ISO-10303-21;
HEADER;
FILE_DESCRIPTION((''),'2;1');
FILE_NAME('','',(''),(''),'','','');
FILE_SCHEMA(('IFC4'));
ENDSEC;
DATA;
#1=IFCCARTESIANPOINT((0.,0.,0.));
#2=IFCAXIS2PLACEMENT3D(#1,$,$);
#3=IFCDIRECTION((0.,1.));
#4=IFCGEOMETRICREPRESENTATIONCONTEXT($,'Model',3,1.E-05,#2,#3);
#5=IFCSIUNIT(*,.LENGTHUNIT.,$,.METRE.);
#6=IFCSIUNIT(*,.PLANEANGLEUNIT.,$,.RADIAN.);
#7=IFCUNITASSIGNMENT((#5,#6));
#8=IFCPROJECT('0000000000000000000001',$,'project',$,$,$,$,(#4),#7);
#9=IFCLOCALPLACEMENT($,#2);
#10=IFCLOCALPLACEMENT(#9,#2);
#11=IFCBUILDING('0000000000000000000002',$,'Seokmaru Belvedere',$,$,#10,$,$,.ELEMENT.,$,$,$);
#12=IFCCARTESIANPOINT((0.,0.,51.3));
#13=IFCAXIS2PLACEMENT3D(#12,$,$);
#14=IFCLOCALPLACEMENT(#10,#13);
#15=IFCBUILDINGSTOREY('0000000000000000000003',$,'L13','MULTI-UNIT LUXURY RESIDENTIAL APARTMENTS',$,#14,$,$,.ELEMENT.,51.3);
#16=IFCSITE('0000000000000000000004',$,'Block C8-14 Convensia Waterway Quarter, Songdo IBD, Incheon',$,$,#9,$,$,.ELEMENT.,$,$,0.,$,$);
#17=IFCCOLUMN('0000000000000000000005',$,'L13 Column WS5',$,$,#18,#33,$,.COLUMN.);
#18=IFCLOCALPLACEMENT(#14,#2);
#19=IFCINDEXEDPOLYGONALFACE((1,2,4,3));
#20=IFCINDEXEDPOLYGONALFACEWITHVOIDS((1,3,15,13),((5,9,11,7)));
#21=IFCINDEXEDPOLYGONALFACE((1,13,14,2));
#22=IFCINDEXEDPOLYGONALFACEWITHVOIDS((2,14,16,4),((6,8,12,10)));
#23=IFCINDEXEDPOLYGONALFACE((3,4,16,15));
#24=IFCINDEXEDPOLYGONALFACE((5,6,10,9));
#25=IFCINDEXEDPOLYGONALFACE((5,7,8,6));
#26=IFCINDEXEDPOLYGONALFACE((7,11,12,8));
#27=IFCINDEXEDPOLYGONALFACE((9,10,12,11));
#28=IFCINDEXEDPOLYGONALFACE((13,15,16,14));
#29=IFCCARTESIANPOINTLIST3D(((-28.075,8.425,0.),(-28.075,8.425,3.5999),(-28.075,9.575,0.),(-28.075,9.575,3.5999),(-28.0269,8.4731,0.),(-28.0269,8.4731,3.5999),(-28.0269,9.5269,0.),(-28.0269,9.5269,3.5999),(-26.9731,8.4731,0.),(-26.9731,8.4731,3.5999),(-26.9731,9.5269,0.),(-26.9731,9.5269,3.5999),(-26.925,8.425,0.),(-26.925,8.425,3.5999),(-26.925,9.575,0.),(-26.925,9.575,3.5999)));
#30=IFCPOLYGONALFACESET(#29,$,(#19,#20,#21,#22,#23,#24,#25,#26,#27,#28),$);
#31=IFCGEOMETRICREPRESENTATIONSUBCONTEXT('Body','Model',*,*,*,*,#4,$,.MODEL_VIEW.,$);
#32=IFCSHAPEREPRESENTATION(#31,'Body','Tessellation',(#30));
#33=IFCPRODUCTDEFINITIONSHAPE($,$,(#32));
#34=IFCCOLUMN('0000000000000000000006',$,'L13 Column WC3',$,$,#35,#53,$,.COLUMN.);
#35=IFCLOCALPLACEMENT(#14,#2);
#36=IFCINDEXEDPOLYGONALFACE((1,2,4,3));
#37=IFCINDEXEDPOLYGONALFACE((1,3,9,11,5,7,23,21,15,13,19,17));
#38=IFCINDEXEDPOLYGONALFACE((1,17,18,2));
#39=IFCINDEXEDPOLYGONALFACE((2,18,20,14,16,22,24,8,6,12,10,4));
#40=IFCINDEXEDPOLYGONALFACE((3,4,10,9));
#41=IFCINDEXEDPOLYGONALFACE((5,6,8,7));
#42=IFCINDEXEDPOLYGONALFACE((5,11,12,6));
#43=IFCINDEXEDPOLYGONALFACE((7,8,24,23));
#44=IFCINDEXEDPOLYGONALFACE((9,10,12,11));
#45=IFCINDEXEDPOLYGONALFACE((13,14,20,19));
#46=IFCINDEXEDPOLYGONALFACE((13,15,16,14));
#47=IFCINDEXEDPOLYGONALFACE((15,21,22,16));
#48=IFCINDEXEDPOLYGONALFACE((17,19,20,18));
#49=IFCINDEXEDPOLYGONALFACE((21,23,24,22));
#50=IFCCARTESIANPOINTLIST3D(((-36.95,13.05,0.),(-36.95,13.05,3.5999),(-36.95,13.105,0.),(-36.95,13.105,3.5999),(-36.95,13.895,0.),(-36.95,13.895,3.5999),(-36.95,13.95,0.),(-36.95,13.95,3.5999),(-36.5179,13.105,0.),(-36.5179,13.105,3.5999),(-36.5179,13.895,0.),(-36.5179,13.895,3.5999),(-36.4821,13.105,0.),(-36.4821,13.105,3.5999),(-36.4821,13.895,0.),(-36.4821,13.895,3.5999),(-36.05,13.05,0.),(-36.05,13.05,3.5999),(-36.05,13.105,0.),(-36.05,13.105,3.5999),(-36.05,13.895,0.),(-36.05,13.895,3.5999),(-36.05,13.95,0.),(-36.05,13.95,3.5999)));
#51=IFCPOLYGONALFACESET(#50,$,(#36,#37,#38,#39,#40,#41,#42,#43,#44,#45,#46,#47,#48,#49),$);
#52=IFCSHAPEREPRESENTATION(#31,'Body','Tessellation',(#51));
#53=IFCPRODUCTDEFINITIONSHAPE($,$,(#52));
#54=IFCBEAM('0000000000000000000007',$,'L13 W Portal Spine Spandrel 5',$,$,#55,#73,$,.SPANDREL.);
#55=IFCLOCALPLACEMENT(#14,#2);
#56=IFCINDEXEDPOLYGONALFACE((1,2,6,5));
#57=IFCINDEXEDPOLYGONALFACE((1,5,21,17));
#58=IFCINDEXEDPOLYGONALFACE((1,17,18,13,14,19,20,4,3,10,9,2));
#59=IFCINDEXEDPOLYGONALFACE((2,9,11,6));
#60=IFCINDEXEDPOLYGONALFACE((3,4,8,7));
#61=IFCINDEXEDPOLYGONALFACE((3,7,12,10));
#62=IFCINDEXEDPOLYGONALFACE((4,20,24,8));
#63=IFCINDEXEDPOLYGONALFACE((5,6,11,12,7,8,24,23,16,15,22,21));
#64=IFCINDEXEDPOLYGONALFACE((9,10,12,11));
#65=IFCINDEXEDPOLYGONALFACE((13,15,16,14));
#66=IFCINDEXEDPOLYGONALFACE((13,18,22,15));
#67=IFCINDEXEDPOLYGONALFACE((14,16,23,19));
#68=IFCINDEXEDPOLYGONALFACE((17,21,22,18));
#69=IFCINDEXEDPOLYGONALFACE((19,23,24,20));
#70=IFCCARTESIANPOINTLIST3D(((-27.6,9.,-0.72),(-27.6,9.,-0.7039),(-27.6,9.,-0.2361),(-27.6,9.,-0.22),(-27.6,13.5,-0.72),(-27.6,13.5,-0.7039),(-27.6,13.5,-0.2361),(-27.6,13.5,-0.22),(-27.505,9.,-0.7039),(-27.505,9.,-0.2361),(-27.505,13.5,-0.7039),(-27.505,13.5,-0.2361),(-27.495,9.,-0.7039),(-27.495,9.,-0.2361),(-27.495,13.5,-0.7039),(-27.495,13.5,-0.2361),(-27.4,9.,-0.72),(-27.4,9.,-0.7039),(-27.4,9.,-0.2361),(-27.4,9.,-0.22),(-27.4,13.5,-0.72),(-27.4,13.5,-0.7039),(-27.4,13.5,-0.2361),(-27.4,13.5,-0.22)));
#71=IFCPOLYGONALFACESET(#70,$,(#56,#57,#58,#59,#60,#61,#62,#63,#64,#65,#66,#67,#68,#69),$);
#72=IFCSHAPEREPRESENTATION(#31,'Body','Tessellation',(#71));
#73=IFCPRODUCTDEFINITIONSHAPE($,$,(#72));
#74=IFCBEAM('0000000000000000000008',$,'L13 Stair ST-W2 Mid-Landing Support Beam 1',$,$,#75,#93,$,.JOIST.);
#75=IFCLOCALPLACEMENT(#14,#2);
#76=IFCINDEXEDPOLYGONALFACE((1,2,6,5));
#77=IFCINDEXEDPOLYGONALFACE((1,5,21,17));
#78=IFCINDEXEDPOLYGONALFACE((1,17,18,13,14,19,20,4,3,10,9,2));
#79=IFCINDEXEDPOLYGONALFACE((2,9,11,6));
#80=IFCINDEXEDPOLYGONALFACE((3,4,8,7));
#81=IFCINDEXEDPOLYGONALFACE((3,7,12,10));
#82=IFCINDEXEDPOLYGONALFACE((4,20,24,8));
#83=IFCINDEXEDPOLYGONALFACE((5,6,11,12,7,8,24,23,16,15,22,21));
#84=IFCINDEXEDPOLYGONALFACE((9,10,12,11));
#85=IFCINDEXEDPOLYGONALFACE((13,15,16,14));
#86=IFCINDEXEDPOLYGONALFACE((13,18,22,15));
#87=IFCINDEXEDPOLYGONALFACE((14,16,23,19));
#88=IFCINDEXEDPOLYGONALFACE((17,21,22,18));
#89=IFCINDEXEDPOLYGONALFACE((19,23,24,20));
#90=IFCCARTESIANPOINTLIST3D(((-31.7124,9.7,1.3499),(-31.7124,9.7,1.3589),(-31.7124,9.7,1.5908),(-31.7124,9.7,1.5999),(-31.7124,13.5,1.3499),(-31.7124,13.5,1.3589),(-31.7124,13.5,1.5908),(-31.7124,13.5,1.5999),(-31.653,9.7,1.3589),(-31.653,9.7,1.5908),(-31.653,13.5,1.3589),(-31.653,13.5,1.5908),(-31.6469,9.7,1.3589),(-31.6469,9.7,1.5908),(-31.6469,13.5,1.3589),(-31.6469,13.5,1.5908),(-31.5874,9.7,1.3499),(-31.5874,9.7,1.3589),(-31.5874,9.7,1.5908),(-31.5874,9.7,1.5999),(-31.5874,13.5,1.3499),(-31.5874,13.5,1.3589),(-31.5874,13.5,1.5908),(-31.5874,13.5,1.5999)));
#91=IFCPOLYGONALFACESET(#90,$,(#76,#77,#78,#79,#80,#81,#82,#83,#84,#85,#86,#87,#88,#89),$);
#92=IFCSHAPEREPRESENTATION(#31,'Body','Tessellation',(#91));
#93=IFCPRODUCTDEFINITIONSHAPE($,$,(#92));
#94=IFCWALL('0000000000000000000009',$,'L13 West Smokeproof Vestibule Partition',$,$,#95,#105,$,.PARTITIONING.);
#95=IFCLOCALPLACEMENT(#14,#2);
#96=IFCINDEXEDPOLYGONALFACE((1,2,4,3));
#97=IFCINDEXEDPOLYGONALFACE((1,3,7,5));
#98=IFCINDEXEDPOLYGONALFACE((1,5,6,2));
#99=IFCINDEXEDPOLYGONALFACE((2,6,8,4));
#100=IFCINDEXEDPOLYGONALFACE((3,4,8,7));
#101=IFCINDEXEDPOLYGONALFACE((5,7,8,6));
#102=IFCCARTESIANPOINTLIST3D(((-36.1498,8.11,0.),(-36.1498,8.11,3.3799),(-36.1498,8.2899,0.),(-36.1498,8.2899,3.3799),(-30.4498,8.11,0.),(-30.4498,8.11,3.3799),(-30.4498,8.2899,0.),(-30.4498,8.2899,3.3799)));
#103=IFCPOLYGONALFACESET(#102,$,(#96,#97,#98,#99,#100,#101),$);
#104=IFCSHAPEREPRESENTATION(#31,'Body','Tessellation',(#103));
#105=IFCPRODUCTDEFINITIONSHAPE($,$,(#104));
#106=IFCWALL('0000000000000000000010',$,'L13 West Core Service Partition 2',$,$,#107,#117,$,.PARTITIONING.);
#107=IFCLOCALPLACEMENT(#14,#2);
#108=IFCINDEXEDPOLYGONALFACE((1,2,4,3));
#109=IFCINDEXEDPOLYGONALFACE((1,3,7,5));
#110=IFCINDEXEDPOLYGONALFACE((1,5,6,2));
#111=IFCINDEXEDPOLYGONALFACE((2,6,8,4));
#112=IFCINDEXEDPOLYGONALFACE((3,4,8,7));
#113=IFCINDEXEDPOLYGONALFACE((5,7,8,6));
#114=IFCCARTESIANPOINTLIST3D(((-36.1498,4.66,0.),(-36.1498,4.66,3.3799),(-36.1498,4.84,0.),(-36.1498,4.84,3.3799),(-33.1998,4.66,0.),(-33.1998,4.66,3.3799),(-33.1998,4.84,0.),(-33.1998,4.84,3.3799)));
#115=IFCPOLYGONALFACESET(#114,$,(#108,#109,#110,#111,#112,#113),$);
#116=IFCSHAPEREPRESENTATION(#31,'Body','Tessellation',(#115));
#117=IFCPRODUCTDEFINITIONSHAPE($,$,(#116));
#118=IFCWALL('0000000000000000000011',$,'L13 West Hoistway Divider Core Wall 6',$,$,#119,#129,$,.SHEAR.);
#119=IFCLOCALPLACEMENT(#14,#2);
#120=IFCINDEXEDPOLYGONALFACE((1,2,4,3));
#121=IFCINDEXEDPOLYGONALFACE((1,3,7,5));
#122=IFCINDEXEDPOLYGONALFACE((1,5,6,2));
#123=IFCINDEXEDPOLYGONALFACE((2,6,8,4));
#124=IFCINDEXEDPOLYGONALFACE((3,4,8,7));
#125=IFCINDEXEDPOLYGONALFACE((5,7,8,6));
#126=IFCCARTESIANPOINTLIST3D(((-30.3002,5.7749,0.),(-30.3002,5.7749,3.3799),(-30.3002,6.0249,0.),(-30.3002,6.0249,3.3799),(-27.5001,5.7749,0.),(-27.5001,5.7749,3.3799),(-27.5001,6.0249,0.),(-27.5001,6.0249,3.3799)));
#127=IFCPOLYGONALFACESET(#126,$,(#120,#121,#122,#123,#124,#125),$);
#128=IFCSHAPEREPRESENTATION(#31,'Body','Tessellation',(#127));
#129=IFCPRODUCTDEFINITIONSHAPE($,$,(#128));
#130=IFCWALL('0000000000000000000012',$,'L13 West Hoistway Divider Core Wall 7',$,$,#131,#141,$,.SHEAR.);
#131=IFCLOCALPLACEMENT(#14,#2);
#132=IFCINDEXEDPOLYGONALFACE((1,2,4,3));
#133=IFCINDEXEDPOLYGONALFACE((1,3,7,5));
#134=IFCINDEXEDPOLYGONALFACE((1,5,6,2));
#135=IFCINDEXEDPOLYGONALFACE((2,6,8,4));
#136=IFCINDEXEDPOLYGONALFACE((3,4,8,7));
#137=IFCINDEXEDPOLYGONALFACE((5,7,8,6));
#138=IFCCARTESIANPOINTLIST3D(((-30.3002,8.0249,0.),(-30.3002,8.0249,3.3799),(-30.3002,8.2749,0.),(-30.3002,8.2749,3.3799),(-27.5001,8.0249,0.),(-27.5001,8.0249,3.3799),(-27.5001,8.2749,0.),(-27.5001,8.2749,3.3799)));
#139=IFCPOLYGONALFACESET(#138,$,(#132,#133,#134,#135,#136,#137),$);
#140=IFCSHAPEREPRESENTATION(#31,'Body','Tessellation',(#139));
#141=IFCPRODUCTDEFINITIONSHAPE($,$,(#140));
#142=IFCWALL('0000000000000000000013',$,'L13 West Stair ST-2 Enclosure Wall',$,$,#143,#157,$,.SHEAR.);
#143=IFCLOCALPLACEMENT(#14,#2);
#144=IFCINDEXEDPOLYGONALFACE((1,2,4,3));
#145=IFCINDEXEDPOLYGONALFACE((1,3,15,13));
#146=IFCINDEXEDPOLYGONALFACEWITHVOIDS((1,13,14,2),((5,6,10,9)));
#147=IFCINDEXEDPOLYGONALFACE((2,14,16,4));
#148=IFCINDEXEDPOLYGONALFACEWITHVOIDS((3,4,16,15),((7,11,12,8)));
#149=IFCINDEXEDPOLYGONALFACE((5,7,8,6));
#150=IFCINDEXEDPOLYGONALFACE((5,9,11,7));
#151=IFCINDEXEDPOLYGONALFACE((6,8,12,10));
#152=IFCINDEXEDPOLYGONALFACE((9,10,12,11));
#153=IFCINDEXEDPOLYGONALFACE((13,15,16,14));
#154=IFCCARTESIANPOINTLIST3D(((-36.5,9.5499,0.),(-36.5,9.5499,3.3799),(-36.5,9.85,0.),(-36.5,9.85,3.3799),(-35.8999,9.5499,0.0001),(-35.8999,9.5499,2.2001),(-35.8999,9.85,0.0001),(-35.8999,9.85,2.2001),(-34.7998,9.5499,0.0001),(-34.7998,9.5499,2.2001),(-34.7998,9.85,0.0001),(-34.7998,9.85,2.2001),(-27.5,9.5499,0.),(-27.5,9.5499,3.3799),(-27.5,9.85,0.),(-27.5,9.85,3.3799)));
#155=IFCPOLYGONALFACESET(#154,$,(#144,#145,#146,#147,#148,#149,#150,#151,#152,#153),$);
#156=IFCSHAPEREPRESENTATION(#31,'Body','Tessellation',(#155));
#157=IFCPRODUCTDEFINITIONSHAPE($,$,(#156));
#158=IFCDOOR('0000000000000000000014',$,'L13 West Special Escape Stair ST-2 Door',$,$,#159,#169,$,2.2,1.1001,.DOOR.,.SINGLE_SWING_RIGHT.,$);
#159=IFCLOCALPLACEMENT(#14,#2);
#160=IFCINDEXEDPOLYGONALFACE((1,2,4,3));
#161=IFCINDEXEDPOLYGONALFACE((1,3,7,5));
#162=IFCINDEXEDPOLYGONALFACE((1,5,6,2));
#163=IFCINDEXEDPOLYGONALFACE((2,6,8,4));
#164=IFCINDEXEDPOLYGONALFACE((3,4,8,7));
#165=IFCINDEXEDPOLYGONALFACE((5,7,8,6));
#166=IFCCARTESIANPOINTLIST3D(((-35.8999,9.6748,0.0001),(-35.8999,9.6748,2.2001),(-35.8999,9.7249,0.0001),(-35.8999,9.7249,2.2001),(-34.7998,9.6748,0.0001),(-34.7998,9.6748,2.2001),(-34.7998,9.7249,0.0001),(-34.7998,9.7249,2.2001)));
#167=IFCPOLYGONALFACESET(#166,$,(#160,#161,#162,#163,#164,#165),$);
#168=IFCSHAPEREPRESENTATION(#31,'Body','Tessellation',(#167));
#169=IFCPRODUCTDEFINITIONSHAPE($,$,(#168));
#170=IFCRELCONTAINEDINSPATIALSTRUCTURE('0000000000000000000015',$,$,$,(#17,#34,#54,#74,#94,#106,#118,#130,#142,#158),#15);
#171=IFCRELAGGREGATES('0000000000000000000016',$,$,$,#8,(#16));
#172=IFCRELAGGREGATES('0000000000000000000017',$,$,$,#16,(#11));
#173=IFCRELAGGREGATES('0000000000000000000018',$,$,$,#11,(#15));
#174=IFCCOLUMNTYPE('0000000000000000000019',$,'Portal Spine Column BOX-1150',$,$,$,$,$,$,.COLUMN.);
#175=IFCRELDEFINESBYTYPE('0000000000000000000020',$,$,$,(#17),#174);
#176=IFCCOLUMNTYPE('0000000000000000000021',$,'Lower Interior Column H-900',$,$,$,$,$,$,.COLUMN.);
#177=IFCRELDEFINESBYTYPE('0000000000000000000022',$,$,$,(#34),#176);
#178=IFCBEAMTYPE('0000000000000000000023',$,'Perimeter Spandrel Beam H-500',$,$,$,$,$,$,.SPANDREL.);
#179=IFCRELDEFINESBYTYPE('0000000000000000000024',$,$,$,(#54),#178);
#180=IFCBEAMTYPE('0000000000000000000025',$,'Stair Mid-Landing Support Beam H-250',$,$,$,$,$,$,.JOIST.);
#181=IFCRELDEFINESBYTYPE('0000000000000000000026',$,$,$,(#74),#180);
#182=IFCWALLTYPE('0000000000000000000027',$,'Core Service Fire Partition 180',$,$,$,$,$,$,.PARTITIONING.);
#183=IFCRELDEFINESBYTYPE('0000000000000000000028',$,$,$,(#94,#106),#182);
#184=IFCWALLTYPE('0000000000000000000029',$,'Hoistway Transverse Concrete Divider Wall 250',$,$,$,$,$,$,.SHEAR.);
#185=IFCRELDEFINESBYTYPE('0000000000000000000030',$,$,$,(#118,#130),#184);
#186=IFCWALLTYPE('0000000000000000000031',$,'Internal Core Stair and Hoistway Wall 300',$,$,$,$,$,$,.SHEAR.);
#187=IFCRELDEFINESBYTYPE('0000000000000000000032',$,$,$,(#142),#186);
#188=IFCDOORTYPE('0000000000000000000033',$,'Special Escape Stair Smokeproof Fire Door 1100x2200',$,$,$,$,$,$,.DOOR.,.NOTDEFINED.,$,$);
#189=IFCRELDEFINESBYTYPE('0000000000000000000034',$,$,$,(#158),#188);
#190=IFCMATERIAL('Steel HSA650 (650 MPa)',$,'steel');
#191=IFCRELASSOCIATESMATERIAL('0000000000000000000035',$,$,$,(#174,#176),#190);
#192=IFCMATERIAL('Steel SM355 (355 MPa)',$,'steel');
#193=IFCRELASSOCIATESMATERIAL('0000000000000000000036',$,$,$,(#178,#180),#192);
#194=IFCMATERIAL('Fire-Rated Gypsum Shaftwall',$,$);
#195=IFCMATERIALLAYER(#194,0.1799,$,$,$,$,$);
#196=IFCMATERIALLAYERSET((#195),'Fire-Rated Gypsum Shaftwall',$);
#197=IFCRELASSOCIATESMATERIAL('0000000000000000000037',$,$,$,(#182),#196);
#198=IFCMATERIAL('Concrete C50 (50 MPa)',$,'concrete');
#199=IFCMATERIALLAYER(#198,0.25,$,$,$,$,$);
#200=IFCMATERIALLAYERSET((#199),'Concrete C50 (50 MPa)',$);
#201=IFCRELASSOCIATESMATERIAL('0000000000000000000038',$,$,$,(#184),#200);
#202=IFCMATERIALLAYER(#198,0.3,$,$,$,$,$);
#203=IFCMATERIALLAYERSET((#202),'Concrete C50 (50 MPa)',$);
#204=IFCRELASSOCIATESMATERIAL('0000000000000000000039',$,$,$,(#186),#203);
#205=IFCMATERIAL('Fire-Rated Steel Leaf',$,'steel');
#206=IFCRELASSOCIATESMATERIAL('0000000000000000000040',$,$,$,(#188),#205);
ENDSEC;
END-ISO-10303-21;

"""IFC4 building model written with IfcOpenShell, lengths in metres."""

from ifc_helpers import new_model, si_unit, direction, frame, frame_2d, origin, origin_2d, place, context, subcontext, project, spatial, rectangle, hollow_rectangle, i_section, extrude, source, transform, mapped, material, layer, layer_set, material_profile, profile_set, type_object, type_shapes, element, fill, save


model = new_model("IFC4")

# Units and contexts
model_context = context("Model", 3, precision=1e-05, world=origin(), true_north=direction((0.0, 1.0)))
body_context = subcontext(model_context, "Body", "Model", "MODEL_VIEW")
ifc_project = project(units=[si_unit("LENGTHUNIT", "METRE"), si_unit("PLANEANGLEUNIT", "RADIAN")], contexts=[model_context])

# Site, building, storey
site_placement = place(None, origin())
site = spatial("IfcSite", under=ifc_project, at=site_placement, Name="Block C8-14 Convensia Waterway Quarter, Songdo IBD, Incheon", CompositionType="ELEMENT", RefElevation=0.0)
building_placement = place(site_placement, origin())
building = spatial("IfcBuilding", under=site, at=building_placement, Name="Seokmaru Belvedere", CompositionType="ELEMENT")
storey_placement = place(building_placement, frame((0.0, 0.0, 51.3)))
storey = spatial("IfcBuildingStorey", under=building, at=storey_placement, Name="L13", Description="MULTI-UNIT LUXURY RESIDENTIAL APARTMENTS", CompositionType="ELEMENT", Elevation=51.3)

# Columns
ifc_material_1 = material(Name="Steel HSA650 (650 MPa)", Category="steel")
ifc_material_profile_1 = material_profile(ifc_material_1, hollow_rectangle(XDim=1.1499, YDim=1.1499, WallThickness=0.0481, at=origin_2d()), Name="BOX-1150x1150x48")
ifc_profile_set_1 = profile_set([ifc_material_profile_1], Name="Steel HSA650 (650 MPa)")
column_type_1 = type_object("IfcColumnType", Name="Portal Spine Column BOX-1150", PredefinedType="COLUMN", material=ifc_profile_set_1)
shared_shape_1 = source(origin(), body_context, "Body", "SweptSolid", [
    extrude(hollow_rectangle(XDim=1.1499, YDim=1.1499, WallThickness=0.0481, at=origin_2d()), origin(), (0.0, 0.0, 1.0), 3.5999),
])
type_shapes(column_type_1, [shared_shape_1])
column_1_placement = place(storey_placement, frame((-27.5, 9.0, 0.0), z_axis=(0.0, 0.0, 1.0), x_axis=(1.0, 0.0, 0.0)))
element("IfcColumn", 1, at=column_1_placement, inside=storey, type_object=column_type_1, Name="L13 Column WS5", PredefinedType="COLUMN", context=body_context, shape_type="MappedRepresentation", body=[
    mapped(shared_shape_1, transform((0.0, 0.0, 0.0), scale=1.0)),
])
ifc_material_profile_2 = material_profile(ifc_material_1, i_section(OverallWidth=0.8999, OverallDepth=0.8999, WebThickness=0.0359, FlangeThickness=0.0549, at=origin_2d()), Name="H-900x900x36x55")
ifc_profile_set_2 = profile_set([ifc_material_profile_2], Name="Steel HSA650 (650 MPa)")
column_type_2 = type_object("IfcColumnType", Name="Lower Interior Column H-900", PredefinedType="COLUMN", material=ifc_profile_set_2)
shared_shape_2 = source(origin(), body_context, "Body", "SweptSolid", [
    extrude(i_section(OverallWidth=0.8999, OverallDepth=0.8999, WebThickness=0.0359, FlangeThickness=0.0549, at=origin_2d()), origin(), (0.0, 0.0, 1.0), 3.5999),
])
type_shapes(column_type_2, [shared_shape_2])
column_2_placement = place(storey_placement, frame((-36.5, 13.5, 0.0), z_axis=(0.0, 0.0, 1.0), x_axis=(1.0, 0.0, 0.0)))
element("IfcColumn", 2, at=column_2_placement, inside=storey, type_object=column_type_2, Name="L13 Column WC3", PredefinedType="COLUMN", context=body_context, shape_type="MappedRepresentation", body=[
    mapped(shared_shape_2, transform((0.0, 0.0, 0.0), scale=1.0)),
])

# Beams
ifc_material_2 = material(Name="Steel SM355 (355 MPa)", Category="steel")
ifc_material_profile_3 = material_profile(ifc_material_2, i_section(OverallWidth=0.2, OverallDepth=0.5, WebThickness=0.01, FlangeThickness=0.0161, at=origin_2d()), Name="H-500x200x10x16")
ifc_profile_set_3 = profile_set([ifc_material_profile_3], Name="Steel SM355 (355 MPa)")
beam_type_1 = type_object("IfcBeamType", Name="Perimeter Spandrel Beam H-500", PredefinedType="SPANDREL", material=ifc_profile_set_3)
shared_shape_3 = source(origin(), body_context, "Body", "SweptSolid", [
    extrude(i_section(OverallWidth=0.2, OverallDepth=0.5, WebThickness=0.01, FlangeThickness=0.0161, at=origin_2d()), origin(), (0.0, 0.0, 1.0), 4.5),
])
type_shapes(beam_type_1, [shared_shape_3])
beam_1_placement = place(storey_placement, frame((-27.5, 9.0, -0.47), z_axis=(0.0, 1.0, 0.0), x_axis=(-1.0, 0.0, 0.0)))
element("IfcBeam", 3, at=beam_1_placement, inside=storey, type_object=beam_type_1, Name="L13 W Portal Spine Spandrel 5", PredefinedType="SPANDREL", context=body_context, shape_type="MappedRepresentation", body=[
    mapped(shared_shape_3, transform((0.0, 0.0, 0.0), scale=1.0)),
])
ifc_material_profile_4 = material_profile(ifc_material_2, i_section(OverallWidth=0.125, OverallDepth=0.25, WebThickness=0.0061, FlangeThickness=0.009, at=origin_2d()), Name="H-250x125x6x9")
ifc_profile_set_4 = profile_set([ifc_material_profile_4], Name="Steel SM355 (355 MPa)")
beam_type_2 = type_object("IfcBeamType", Name="Stair Mid-Landing Support Beam H-250", PredefinedType="JOIST", material=ifc_profile_set_4)
shared_shape_4 = source(origin(), body_context, "Body", "SweptSolid", [
    extrude(i_section(OverallWidth=0.125, OverallDepth=0.25, WebThickness=0.0061, FlangeThickness=0.009, at=origin_2d()), origin(), (0.0, 0.0, 1.0), 3.8),
])
type_shapes(beam_type_2, [shared_shape_4])
beam_2_placement = place(storey_placement, frame((-31.6499, 9.7, 1.4749), z_axis=(0.0, 1.0, 0.0), x_axis=(-1.0, 0.0, 0.0)))
element("IfcBeam", 4, at=beam_2_placement, inside=storey, type_object=beam_type_2, Name="L13 Stair ST-W2 Mid-Landing Support Beam 1", PredefinedType="JOIST", context=body_context, shape_type="MappedRepresentation", body=[
    mapped(shared_shape_4, transform((0.0, 0.0, 0.0), scale=1.0)),
])

# Walls
ifc_material_3 = material(Name="Fire-Rated Gypsum Shaftwall")
ifc_layer_1 = layer(ifc_material_3, 0.1799)
ifc_layer_set_1 = layer_set([ifc_layer_1], Name="Fire-Rated Gypsum Shaftwall")
wall_type_1 = type_object("IfcWallType", Name="Core Service Fire Partition 180", PredefinedType="PARTITIONING", material=ifc_layer_set_1)
wall_1_placement = place(storey_placement, frame((-36.1499, 8.2, 0.0), z_axis=(0.0, 0.0, 1.0), x_axis=(1.0, 0.0, 0.0)))
element("IfcWall", 5, at=wall_1_placement, inside=storey, type_object=wall_type_1, Name="L13 West Smokeproof Vestibule Partition", PredefinedType="PARTITIONING", context=body_context, shape_type="SweptSolid", body=[
    extrude(rectangle(XDim=5.7, YDim=0.1799, at=frame_2d((2.8501, 0.0))), origin(), (0.0, 0.0, 1.0), 3.3799),
])
wall_2_placement = place(storey_placement, frame((-36.1499, 4.75, 0.0), z_axis=(0.0, 0.0, 1.0), x_axis=(1.0, 0.0, 0.0)))
element("IfcWall", 6, at=wall_2_placement, inside=storey, type_object=wall_type_1, Name="L13 West Core Service Partition 2", PredefinedType="PARTITIONING", context=body_context, shape_type="SweptSolid", body=[
    extrude(rectangle(XDim=2.95, YDim=0.1799, at=frame_2d((1.4751, 0.0))), origin(), (0.0, 0.0, 1.0), 3.3799),
])
ifc_material_4 = material(Name="Concrete C50 (50 MPa)", Category="concrete")
ifc_layer_2 = layer(ifc_material_4, 0.25)
ifc_layer_set_2 = layer_set([ifc_layer_2], Name="Concrete C50 (50 MPa)")
wall_type_2 = type_object("IfcWallType", Name="Hoistway Transverse Concrete Divider Wall 250", PredefinedType="SHEAR", material=ifc_layer_set_2)
for number, where, z_axis, x_axis, name in (
    (7, (-30.3, 5.8999, 0.0), (0.0, 0.0, 1.0), (1.0, 0.0, 0.0), "L13 West Hoistway Divider Core Wall 6"),
    (8, (-30.3, 8.1499, 0.0), (0.0, 0.0, 1.0), (1.0, 0.0, 0.0), "L13 West Hoistway Divider Core Wall 7"),
):
    element("IfcWall", number, at=place(storey_placement, frame(where, z_axis=z_axis, x_axis=x_axis)), inside=storey, type_object=wall_type_2, Name=name, PredefinedType="SHEAR", context=body_context, shape_type="SweptSolid", body=[
        extrude(rectangle(XDim=2.8, YDim=0.25, at=frame_2d((1.3999, 0.0))), origin(), (0.0, 0.0, 1.0), 3.3799),
    ])

# Wall, opening, door
ifc_layer_3 = layer(ifc_material_4, 0.3)
ifc_layer_set_3 = layer_set([ifc_layer_3], Name="Concrete C50 (50 MPa)")
wall_type_3 = type_object("IfcWallType", Name="Internal Core Stair and Hoistway Wall 300", PredefinedType="SHEAR", material=ifc_layer_set_3)
wall_3_placement = place(storey_placement, frame((-36.5, 9.7, 0.0), z_axis=(0.0, 0.0, 1.0), x_axis=(1.0, 0.0, 0.0)))
wall_3 = element("IfcWall", 9, at=wall_3_placement, inside=storey, type_object=wall_type_3, Name="L13 West Stair ST-2 Enclosure Wall", PredefinedType="SHEAR", context=body_context, shape_type="SweptSolid", body=[
    extrude(rectangle(XDim=9.0, YDim=0.3, at=frame_2d((4.5, 0.0))), origin(), (0.0, 0.0, 1.0), 3.3799),
])
opening_1_placement = place(wall_3_placement, frame((0.6001, 0.0, 0.0)))
opening_1 = element("IfcOpeningElement", 10, at=opening_1_placement, cuts=wall_3, PredefinedType="OPENING", context=body_context, shape_type="SweptSolid", body=[
    extrude(rectangle(XDim=1.1001, YDim=2.2, at=frame_2d((0.55, 1.1001))), frame((0.0, 0.1602, 0.0), z_axis=(0.0, -1.0, 0.0), x_axis=(1.0, 0.0, 0.0)), (0.0, 0.0, 1.0), 0.3201),
])
ifc_material_5 = material(Name="Fire-Rated Steel Leaf", Category="steel")
door_type_1 = type_object("IfcDoorType", Name="Special Escape Stair Smokeproof Fire Door 1100x2200", OperationType="NOTDEFINED", PredefinedType="DOOR", material=ifc_material_5)
shared_shape_5 = source(origin(), body_context, "Body", "SweptSolid", [
    extrude(rectangle(XDim=1.1001, YDim=2.2, at=frame_2d((0.55, 1.1001))), frame((0.0, 0.0249, 0.0), z_axis=(0.0, -1.0, 0.0), x_axis=(1.0, 0.0, 0.0)), (0.0, 0.0, 1.0), 0.05),
])
type_shapes(door_type_1, [shared_shape_5])
door_1_placement = place(opening_1_placement, origin())
door_1 = element("IfcDoor", 11, at=door_1_placement, inside=storey, type_object=door_type_1, Name="L13 West Special Escape Stair ST-2 Door", OperationType="SINGLE_SWING_RIGHT", OverallHeight=2.2, OverallWidth=1.1001, PredefinedType="DOOR", context=body_context, shape_type="MappedRepresentation", body=[
    mapped(shared_shape_5, transform((0.0, 0.0, 0.0), scale=1.0)),
])
fill(opening_1, door_1)

save(model, "model.ifc")
